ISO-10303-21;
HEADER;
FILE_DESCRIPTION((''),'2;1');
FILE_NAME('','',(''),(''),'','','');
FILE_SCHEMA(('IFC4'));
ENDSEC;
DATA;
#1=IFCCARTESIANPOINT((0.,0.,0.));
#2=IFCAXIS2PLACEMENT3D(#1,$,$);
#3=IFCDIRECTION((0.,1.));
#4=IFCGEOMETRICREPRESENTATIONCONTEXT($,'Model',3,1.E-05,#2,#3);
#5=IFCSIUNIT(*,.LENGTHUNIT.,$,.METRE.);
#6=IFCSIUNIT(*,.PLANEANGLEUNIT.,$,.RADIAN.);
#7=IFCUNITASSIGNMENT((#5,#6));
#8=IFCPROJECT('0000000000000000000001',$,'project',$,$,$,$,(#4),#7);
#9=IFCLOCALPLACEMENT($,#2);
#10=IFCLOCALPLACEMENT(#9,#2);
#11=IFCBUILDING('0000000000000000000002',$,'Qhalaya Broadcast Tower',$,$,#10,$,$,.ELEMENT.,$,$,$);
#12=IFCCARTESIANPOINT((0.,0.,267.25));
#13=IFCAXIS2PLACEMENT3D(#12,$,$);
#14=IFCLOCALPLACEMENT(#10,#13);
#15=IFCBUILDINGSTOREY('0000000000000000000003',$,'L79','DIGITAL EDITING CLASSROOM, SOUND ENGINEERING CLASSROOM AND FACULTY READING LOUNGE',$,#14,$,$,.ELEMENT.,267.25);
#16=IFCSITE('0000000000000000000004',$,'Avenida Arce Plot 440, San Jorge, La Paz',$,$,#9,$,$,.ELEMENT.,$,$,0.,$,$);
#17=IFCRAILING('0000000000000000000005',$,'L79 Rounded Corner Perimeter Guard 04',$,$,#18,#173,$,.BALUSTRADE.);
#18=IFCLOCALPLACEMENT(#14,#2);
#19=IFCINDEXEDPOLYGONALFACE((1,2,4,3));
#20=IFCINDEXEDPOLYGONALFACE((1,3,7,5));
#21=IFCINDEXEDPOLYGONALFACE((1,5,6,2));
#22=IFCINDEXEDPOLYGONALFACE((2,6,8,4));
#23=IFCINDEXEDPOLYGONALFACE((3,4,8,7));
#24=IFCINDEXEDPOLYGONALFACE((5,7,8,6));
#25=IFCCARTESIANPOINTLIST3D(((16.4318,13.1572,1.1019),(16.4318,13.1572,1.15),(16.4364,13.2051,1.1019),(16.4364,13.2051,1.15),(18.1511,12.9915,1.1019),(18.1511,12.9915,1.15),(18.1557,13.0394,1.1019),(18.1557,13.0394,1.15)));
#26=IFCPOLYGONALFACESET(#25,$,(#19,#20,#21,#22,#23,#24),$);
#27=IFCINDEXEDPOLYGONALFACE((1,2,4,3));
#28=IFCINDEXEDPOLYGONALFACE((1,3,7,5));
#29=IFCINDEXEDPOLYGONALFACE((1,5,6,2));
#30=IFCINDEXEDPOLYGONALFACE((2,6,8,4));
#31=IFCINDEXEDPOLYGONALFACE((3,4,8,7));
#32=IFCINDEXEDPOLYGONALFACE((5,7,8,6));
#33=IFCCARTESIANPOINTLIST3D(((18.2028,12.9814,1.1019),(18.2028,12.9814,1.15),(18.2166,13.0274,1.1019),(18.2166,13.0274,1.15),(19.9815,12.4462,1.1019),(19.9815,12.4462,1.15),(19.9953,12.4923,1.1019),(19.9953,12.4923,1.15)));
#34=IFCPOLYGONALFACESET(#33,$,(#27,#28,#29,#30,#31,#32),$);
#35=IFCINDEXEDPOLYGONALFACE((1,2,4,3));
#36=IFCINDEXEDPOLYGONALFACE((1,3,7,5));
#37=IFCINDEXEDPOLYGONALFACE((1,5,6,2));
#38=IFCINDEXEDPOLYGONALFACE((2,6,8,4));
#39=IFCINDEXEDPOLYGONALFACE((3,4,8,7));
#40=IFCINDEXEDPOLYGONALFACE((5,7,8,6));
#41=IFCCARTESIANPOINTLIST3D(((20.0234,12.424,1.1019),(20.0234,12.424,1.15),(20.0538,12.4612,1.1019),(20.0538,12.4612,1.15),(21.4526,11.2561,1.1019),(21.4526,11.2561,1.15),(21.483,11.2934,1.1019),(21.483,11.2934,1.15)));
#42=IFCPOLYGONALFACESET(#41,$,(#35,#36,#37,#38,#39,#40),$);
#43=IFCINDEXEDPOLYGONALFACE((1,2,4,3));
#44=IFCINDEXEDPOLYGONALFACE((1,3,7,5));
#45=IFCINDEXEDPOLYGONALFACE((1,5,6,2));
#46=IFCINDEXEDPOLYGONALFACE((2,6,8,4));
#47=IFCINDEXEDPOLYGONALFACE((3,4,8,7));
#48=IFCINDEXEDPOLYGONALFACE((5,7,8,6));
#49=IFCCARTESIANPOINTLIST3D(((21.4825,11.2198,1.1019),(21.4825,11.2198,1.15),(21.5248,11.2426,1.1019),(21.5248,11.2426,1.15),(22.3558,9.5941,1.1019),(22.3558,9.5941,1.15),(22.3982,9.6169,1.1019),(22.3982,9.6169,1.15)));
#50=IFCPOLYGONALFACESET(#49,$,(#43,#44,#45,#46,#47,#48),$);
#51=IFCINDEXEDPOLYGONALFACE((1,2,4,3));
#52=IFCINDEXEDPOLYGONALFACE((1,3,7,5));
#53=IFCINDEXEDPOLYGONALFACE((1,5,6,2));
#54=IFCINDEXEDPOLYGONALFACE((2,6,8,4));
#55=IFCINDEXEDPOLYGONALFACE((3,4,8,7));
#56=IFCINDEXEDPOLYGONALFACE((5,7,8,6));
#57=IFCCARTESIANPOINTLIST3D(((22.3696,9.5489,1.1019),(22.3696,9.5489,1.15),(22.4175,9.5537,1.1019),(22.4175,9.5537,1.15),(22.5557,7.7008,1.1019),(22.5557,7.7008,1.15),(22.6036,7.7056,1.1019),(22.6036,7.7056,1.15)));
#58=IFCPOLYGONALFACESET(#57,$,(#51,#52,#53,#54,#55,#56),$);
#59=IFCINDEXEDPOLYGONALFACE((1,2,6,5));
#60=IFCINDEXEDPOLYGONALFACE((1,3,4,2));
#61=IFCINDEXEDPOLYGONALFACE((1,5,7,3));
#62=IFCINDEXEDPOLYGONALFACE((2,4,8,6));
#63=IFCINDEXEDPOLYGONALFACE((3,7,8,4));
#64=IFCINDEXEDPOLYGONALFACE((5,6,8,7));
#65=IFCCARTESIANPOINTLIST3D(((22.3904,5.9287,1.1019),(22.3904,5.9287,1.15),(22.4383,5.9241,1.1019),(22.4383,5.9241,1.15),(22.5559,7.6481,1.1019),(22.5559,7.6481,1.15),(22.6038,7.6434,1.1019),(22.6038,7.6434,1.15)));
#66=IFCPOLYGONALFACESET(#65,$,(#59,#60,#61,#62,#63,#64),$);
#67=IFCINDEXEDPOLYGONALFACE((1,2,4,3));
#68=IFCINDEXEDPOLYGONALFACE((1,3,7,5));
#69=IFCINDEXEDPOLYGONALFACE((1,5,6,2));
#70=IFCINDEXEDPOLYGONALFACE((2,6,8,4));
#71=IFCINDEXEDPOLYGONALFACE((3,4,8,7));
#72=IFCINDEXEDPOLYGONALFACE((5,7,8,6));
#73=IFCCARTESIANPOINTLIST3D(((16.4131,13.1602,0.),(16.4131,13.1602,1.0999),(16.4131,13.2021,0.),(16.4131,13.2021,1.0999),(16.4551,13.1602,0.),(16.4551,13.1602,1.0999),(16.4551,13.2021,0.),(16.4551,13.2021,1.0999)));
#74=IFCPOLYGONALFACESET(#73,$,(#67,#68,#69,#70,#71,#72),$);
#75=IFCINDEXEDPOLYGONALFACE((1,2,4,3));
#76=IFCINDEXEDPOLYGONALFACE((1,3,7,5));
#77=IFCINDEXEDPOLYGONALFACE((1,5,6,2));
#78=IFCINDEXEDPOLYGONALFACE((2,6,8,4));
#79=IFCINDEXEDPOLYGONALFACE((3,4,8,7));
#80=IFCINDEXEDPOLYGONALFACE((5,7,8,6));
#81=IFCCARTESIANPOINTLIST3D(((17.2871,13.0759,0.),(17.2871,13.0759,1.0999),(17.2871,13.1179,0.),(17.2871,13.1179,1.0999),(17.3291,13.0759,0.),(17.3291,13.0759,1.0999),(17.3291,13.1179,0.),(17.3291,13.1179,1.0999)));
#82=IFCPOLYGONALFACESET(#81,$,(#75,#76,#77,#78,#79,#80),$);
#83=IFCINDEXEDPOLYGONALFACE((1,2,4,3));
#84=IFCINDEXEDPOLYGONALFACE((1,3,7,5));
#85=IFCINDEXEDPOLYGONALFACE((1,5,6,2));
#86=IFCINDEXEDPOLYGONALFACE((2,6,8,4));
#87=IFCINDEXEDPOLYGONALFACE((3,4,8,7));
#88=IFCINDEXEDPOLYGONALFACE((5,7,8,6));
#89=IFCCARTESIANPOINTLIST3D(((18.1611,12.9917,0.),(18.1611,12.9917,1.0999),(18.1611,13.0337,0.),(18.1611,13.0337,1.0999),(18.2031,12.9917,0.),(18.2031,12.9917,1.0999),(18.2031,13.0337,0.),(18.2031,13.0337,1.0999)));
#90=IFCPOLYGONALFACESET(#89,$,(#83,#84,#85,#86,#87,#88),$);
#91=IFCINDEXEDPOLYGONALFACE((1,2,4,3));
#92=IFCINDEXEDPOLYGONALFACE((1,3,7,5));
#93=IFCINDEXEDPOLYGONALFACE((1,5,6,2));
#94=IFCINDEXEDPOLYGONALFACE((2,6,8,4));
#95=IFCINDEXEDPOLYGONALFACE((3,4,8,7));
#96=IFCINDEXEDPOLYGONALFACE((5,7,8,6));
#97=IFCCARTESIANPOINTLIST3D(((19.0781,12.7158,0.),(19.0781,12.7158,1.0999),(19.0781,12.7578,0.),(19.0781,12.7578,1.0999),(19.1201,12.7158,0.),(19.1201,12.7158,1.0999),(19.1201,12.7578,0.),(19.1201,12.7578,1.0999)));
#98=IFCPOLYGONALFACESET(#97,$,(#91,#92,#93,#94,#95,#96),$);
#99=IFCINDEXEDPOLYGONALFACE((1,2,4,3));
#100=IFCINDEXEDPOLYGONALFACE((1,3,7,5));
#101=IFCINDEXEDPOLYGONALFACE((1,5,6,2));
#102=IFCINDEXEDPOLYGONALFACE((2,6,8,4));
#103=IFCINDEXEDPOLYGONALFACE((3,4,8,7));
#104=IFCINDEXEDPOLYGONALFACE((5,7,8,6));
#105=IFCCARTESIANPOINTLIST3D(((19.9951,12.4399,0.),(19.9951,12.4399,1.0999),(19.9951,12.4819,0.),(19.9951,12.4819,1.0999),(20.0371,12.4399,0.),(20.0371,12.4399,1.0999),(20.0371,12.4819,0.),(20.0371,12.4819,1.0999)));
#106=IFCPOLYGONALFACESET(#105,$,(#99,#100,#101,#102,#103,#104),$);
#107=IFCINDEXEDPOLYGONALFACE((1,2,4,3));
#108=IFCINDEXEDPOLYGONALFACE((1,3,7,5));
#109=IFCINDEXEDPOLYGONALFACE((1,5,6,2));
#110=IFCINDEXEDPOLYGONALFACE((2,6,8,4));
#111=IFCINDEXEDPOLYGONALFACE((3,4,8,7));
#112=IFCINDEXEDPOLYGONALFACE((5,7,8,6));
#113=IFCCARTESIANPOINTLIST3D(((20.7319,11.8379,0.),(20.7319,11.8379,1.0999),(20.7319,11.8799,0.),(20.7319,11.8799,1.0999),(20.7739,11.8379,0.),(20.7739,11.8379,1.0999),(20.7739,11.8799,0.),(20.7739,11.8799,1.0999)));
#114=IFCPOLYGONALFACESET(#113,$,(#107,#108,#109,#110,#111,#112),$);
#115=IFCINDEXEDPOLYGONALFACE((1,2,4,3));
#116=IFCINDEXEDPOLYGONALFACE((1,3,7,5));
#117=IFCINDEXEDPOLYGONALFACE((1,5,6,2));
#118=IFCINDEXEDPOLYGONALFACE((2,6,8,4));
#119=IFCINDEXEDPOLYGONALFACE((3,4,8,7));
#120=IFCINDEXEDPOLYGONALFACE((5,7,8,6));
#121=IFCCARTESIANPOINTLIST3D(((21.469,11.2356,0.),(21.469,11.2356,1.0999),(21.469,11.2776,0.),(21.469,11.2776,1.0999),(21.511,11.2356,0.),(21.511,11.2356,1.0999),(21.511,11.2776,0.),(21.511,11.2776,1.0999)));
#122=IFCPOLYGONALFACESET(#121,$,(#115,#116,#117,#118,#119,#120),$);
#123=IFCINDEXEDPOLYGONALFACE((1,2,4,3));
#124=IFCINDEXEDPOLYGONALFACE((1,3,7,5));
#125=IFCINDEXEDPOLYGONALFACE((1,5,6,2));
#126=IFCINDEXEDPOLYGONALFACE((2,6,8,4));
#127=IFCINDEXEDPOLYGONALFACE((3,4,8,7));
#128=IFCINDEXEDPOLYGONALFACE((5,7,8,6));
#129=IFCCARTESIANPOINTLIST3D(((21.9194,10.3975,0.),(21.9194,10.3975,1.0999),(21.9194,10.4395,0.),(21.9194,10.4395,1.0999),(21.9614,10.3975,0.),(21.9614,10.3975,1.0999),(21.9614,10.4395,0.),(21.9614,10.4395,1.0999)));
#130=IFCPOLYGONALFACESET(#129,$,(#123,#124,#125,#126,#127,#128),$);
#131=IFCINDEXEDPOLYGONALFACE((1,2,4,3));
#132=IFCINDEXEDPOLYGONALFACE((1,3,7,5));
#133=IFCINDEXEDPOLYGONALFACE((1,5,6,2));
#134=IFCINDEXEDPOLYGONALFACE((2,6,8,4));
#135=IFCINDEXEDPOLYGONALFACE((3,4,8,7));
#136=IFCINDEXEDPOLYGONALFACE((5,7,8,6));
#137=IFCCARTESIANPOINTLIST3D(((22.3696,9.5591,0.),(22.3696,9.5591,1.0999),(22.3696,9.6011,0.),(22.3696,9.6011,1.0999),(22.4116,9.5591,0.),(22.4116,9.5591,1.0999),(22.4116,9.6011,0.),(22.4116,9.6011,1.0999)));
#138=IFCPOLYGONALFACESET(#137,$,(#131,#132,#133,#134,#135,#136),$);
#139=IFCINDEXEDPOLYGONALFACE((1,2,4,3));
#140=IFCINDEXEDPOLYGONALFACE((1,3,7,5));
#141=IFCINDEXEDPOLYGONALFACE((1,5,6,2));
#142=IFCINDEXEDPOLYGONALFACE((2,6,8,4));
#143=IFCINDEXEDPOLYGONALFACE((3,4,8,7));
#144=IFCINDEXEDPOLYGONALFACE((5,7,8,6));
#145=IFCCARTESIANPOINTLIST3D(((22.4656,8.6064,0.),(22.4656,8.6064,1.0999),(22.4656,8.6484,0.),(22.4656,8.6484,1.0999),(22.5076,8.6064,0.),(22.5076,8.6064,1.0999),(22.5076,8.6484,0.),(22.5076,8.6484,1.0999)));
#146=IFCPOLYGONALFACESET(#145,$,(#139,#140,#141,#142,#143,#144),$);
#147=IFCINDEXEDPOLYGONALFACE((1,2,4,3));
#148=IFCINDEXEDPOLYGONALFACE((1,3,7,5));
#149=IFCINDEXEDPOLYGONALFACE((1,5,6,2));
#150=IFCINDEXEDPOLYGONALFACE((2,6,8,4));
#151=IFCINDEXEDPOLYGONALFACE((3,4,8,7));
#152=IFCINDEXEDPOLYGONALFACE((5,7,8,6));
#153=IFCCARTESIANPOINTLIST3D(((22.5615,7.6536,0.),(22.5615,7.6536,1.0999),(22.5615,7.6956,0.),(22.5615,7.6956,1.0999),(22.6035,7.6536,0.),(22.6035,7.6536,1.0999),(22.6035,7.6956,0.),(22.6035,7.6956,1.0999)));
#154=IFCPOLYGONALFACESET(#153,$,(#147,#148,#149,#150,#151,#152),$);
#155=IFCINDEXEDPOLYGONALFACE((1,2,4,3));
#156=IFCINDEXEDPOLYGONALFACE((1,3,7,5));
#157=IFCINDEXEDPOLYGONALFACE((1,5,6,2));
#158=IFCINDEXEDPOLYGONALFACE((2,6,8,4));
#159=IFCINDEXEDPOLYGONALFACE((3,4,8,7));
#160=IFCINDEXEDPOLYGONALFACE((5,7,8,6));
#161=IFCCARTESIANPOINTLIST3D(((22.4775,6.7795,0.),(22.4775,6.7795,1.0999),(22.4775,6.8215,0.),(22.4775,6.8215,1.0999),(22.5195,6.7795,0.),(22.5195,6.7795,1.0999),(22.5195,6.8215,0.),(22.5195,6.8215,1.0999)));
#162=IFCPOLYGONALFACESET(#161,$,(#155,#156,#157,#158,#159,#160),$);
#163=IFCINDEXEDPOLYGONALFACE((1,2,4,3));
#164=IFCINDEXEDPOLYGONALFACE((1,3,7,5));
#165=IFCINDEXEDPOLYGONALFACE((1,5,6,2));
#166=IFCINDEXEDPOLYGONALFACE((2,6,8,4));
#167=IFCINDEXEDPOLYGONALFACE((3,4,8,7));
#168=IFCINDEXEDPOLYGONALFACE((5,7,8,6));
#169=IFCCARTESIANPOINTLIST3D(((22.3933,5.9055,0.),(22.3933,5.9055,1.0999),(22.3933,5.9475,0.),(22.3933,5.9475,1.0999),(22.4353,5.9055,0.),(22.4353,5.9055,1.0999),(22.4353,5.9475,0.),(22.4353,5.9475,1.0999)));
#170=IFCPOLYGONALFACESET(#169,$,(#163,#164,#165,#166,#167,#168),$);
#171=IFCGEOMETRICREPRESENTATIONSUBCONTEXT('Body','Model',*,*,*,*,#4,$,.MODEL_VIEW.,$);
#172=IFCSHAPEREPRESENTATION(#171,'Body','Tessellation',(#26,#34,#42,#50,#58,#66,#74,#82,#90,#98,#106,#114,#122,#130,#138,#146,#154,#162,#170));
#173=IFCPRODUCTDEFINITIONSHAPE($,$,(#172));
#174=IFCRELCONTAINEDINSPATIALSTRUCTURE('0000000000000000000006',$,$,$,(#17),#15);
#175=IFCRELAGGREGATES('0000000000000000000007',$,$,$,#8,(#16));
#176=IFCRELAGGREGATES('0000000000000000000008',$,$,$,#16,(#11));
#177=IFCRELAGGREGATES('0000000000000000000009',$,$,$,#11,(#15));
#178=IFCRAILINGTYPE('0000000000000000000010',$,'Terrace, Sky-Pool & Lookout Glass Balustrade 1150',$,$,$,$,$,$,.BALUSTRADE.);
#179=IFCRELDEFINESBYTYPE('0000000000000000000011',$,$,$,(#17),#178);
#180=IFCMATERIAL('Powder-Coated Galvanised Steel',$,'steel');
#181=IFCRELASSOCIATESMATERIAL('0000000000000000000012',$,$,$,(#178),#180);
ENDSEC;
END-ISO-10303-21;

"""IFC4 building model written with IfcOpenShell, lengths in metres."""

from ifc_helpers import new_model, si_unit, direction, frame, origin, origin_2d, place, context, subcontext, project, spatial, rectangle, extrude, material, type_object, element, save


model = new_model("IFC4")

# Units and contexts
model_context = context("Model", 3, precision=1e-05, world=origin(), true_north=direction((0.0, 1.0)))
body_context = subcontext(model_context, "Body", "Model", "MODEL_VIEW")
ifc_project = project(units=[si_unit("LENGTHUNIT", "METRE"), si_unit("PLANEANGLEUNIT", "RADIAN")], contexts=[model_context])

# Site, building, storey
site_placement = place(None, origin())
site = spatial("IfcSite", under=ifc_project, at=site_placement, Name="Avenida Arce Plot 440, San Jorge, La Paz", CompositionType="ELEMENT", RefElevation=0.0)
building_placement = place(site_placement, origin())
building = spatial("IfcBuilding", under=site, at=building_placement, Name="Qhalaya Broadcast Tower", CompositionType="ELEMENT")
storey_placement = place(building_placement, frame((0.0, 0.0, 267.25)))
storey = spatial("IfcBuildingStorey", under=building, at=storey_placement, Name="L79", Description="DIGITAL EDITING CLASSROOM, SOUND ENGINEERING CLASSROOM AND FACULTY READING LOUNGE", CompositionType="ELEMENT", Elevation=267.25)

# Railing
ifc_material_1 = material(Name="Powder-Coated Galvanised Steel", Category="steel")
railing_type = type_object("IfcRailingType", Name="Terrace, Sky-Pool & Lookout Glass Balustrade 1150", PredefinedType="BALUSTRADE", material=ifc_material_1)
railing_placement = place(storey_placement, frame((16.4341, 13.1812, 0.0)))
element("IfcRailing", 1, at=railing_placement, inside=storey, type_object=railing_type, Name="L79 Rounded Corner Perimeter Guard 04", PredefinedType="BALUSTRADE", context=body_context, shape_type="SweptSolid", body=[
    extrude(rectangle(XDim=0.0481, YDim=0.0481, at=origin_2d()), frame((0.0, 0.0, 1.126), z_axis=(0.995389, -0.095924, 0.0), x_axis=(0.095924, 0.995389, 0.0)), (0.0, 0.0, 1.0), 1.7273),
    extrude(rectangle(XDim=0.0481, YDim=0.0481, at=origin_2d()), frame((1.7756, -0.1768, 1.126), z_axis=(0.957601, -0.288096, 0.0), x_axis=(0.288096, 0.957601, 0.0)), (0.0, 0.0, 1.0), 1.8574),
    extrude(rectangle(XDim=0.0481, YDim=0.0481, at=origin_2d()), frame((3.6045, -0.7385, 1.126), z_axis=(0.774357, -0.632749, 0.0), x_axis=(0.632749, 0.774357, 0.0)), (0.0, 0.0, 1.0), 1.8457),
    extrude(rectangle(XDim=0.0481, YDim=0.0481, at=origin_2d()), frame((5.0696, -1.95, 1.126), z_axis=(0.473243, -0.880932, 0.0), x_axis=(0.880932, 0.473243, 0.0)), (0.0, 0.0, 1.0), 1.8455),
    extrude(rectangle(XDim=0.0481, YDim=0.0481, at=origin_2d()), frame((5.9595, -3.6299, 1.126), z_axis=(0.100198, -0.994968, 0.0), x_axis=(0.994968, 0.100198, 0.0)), (0.0, 0.0, 1.0), 1.8574),
    extrude(rectangle(XDim=0.0481, YDim=0.0481, at=origin_2d()), frame((6.1458, -5.5354, 1.126), z_axis=(-0.095787, -0.995402, 0.0), x_axis=(0.995402, -0.095787, 0.0)), (0.0, 0.0, 1.0), 1.7273),
    extrude(rectangle(XDim=0.042, YDim=0.042, at=origin_2d()), origin(), (0.0, 0.0, 1.0), 1.0999),
    extrude(rectangle(XDim=0.042, YDim=0.042, at=origin_2d()), frame((0.874, -0.0842, 0.0)), (0.0, 0.0, 1.0), 1.0999),
    extrude(rectangle(XDim=0.042, YDim=0.042, at=origin_2d()), frame((1.748, -0.1685, 0.0)), (0.0, 0.0, 1.0), 1.0999),
    extrude(rectangle(XDim=0.042, YDim=0.042, at=origin_2d()), frame((2.665, -0.4443, 0.0)), (0.0, 0.0, 1.0), 1.0999),
    extrude(rectangle(XDim=0.042, YDim=0.042, at=origin_2d()), frame((3.582, -0.7202, 0.0)), (0.0, 0.0, 1.0), 1.0999),
    extrude(rectangle(XDim=0.042, YDim=0.042, at=origin_2d()), frame((4.3188, -1.3223, 0.0)), (0.0, 0.0, 1.0), 1.0999),
    extrude(rectangle(XDim=0.042, YDim=0.042, at=origin_2d()), frame((5.0559, -1.9246, 0.0)), (0.0, 0.0, 1.0), 1.0999),
    extrude(rectangle(XDim=0.042, YDim=0.042, at=origin_2d()), frame((5.5063, -2.7627, 0.0)), (0.0, 0.0, 1.0), 1.0999),
    extrude(rectangle(XDim=0.042, YDim=0.042, at=origin_2d()), frame((5.9565, -3.6011, 0.0)), (0.0, 0.0, 1.0), 1.0999),
    extrude(rectangle(XDim=0.042, YDim=0.042, at=origin_2d()), frame((6.0525, -4.5537, 0.0)), (0.0, 0.0, 1.0), 1.0999),
    extrude(rectangle(XDim=0.042, YDim=0.042, at=origin_2d()), frame((6.1484, -5.5066, 0.0)), (0.0, 0.0, 1.0), 1.0999),
    extrude(rectangle(XDim=0.042, YDim=0.042, at=origin_2d()), frame((6.0645, -6.3806, 0.0)), (0.0, 0.0, 1.0), 1.0999),
    extrude(rectangle(XDim=0.042, YDim=0.042, at=origin_2d()), frame((5.9802, -7.2546, 0.0)), (0.0, 0.0, 1.0), 1.0999),
])

save(model, "model.ifc")
